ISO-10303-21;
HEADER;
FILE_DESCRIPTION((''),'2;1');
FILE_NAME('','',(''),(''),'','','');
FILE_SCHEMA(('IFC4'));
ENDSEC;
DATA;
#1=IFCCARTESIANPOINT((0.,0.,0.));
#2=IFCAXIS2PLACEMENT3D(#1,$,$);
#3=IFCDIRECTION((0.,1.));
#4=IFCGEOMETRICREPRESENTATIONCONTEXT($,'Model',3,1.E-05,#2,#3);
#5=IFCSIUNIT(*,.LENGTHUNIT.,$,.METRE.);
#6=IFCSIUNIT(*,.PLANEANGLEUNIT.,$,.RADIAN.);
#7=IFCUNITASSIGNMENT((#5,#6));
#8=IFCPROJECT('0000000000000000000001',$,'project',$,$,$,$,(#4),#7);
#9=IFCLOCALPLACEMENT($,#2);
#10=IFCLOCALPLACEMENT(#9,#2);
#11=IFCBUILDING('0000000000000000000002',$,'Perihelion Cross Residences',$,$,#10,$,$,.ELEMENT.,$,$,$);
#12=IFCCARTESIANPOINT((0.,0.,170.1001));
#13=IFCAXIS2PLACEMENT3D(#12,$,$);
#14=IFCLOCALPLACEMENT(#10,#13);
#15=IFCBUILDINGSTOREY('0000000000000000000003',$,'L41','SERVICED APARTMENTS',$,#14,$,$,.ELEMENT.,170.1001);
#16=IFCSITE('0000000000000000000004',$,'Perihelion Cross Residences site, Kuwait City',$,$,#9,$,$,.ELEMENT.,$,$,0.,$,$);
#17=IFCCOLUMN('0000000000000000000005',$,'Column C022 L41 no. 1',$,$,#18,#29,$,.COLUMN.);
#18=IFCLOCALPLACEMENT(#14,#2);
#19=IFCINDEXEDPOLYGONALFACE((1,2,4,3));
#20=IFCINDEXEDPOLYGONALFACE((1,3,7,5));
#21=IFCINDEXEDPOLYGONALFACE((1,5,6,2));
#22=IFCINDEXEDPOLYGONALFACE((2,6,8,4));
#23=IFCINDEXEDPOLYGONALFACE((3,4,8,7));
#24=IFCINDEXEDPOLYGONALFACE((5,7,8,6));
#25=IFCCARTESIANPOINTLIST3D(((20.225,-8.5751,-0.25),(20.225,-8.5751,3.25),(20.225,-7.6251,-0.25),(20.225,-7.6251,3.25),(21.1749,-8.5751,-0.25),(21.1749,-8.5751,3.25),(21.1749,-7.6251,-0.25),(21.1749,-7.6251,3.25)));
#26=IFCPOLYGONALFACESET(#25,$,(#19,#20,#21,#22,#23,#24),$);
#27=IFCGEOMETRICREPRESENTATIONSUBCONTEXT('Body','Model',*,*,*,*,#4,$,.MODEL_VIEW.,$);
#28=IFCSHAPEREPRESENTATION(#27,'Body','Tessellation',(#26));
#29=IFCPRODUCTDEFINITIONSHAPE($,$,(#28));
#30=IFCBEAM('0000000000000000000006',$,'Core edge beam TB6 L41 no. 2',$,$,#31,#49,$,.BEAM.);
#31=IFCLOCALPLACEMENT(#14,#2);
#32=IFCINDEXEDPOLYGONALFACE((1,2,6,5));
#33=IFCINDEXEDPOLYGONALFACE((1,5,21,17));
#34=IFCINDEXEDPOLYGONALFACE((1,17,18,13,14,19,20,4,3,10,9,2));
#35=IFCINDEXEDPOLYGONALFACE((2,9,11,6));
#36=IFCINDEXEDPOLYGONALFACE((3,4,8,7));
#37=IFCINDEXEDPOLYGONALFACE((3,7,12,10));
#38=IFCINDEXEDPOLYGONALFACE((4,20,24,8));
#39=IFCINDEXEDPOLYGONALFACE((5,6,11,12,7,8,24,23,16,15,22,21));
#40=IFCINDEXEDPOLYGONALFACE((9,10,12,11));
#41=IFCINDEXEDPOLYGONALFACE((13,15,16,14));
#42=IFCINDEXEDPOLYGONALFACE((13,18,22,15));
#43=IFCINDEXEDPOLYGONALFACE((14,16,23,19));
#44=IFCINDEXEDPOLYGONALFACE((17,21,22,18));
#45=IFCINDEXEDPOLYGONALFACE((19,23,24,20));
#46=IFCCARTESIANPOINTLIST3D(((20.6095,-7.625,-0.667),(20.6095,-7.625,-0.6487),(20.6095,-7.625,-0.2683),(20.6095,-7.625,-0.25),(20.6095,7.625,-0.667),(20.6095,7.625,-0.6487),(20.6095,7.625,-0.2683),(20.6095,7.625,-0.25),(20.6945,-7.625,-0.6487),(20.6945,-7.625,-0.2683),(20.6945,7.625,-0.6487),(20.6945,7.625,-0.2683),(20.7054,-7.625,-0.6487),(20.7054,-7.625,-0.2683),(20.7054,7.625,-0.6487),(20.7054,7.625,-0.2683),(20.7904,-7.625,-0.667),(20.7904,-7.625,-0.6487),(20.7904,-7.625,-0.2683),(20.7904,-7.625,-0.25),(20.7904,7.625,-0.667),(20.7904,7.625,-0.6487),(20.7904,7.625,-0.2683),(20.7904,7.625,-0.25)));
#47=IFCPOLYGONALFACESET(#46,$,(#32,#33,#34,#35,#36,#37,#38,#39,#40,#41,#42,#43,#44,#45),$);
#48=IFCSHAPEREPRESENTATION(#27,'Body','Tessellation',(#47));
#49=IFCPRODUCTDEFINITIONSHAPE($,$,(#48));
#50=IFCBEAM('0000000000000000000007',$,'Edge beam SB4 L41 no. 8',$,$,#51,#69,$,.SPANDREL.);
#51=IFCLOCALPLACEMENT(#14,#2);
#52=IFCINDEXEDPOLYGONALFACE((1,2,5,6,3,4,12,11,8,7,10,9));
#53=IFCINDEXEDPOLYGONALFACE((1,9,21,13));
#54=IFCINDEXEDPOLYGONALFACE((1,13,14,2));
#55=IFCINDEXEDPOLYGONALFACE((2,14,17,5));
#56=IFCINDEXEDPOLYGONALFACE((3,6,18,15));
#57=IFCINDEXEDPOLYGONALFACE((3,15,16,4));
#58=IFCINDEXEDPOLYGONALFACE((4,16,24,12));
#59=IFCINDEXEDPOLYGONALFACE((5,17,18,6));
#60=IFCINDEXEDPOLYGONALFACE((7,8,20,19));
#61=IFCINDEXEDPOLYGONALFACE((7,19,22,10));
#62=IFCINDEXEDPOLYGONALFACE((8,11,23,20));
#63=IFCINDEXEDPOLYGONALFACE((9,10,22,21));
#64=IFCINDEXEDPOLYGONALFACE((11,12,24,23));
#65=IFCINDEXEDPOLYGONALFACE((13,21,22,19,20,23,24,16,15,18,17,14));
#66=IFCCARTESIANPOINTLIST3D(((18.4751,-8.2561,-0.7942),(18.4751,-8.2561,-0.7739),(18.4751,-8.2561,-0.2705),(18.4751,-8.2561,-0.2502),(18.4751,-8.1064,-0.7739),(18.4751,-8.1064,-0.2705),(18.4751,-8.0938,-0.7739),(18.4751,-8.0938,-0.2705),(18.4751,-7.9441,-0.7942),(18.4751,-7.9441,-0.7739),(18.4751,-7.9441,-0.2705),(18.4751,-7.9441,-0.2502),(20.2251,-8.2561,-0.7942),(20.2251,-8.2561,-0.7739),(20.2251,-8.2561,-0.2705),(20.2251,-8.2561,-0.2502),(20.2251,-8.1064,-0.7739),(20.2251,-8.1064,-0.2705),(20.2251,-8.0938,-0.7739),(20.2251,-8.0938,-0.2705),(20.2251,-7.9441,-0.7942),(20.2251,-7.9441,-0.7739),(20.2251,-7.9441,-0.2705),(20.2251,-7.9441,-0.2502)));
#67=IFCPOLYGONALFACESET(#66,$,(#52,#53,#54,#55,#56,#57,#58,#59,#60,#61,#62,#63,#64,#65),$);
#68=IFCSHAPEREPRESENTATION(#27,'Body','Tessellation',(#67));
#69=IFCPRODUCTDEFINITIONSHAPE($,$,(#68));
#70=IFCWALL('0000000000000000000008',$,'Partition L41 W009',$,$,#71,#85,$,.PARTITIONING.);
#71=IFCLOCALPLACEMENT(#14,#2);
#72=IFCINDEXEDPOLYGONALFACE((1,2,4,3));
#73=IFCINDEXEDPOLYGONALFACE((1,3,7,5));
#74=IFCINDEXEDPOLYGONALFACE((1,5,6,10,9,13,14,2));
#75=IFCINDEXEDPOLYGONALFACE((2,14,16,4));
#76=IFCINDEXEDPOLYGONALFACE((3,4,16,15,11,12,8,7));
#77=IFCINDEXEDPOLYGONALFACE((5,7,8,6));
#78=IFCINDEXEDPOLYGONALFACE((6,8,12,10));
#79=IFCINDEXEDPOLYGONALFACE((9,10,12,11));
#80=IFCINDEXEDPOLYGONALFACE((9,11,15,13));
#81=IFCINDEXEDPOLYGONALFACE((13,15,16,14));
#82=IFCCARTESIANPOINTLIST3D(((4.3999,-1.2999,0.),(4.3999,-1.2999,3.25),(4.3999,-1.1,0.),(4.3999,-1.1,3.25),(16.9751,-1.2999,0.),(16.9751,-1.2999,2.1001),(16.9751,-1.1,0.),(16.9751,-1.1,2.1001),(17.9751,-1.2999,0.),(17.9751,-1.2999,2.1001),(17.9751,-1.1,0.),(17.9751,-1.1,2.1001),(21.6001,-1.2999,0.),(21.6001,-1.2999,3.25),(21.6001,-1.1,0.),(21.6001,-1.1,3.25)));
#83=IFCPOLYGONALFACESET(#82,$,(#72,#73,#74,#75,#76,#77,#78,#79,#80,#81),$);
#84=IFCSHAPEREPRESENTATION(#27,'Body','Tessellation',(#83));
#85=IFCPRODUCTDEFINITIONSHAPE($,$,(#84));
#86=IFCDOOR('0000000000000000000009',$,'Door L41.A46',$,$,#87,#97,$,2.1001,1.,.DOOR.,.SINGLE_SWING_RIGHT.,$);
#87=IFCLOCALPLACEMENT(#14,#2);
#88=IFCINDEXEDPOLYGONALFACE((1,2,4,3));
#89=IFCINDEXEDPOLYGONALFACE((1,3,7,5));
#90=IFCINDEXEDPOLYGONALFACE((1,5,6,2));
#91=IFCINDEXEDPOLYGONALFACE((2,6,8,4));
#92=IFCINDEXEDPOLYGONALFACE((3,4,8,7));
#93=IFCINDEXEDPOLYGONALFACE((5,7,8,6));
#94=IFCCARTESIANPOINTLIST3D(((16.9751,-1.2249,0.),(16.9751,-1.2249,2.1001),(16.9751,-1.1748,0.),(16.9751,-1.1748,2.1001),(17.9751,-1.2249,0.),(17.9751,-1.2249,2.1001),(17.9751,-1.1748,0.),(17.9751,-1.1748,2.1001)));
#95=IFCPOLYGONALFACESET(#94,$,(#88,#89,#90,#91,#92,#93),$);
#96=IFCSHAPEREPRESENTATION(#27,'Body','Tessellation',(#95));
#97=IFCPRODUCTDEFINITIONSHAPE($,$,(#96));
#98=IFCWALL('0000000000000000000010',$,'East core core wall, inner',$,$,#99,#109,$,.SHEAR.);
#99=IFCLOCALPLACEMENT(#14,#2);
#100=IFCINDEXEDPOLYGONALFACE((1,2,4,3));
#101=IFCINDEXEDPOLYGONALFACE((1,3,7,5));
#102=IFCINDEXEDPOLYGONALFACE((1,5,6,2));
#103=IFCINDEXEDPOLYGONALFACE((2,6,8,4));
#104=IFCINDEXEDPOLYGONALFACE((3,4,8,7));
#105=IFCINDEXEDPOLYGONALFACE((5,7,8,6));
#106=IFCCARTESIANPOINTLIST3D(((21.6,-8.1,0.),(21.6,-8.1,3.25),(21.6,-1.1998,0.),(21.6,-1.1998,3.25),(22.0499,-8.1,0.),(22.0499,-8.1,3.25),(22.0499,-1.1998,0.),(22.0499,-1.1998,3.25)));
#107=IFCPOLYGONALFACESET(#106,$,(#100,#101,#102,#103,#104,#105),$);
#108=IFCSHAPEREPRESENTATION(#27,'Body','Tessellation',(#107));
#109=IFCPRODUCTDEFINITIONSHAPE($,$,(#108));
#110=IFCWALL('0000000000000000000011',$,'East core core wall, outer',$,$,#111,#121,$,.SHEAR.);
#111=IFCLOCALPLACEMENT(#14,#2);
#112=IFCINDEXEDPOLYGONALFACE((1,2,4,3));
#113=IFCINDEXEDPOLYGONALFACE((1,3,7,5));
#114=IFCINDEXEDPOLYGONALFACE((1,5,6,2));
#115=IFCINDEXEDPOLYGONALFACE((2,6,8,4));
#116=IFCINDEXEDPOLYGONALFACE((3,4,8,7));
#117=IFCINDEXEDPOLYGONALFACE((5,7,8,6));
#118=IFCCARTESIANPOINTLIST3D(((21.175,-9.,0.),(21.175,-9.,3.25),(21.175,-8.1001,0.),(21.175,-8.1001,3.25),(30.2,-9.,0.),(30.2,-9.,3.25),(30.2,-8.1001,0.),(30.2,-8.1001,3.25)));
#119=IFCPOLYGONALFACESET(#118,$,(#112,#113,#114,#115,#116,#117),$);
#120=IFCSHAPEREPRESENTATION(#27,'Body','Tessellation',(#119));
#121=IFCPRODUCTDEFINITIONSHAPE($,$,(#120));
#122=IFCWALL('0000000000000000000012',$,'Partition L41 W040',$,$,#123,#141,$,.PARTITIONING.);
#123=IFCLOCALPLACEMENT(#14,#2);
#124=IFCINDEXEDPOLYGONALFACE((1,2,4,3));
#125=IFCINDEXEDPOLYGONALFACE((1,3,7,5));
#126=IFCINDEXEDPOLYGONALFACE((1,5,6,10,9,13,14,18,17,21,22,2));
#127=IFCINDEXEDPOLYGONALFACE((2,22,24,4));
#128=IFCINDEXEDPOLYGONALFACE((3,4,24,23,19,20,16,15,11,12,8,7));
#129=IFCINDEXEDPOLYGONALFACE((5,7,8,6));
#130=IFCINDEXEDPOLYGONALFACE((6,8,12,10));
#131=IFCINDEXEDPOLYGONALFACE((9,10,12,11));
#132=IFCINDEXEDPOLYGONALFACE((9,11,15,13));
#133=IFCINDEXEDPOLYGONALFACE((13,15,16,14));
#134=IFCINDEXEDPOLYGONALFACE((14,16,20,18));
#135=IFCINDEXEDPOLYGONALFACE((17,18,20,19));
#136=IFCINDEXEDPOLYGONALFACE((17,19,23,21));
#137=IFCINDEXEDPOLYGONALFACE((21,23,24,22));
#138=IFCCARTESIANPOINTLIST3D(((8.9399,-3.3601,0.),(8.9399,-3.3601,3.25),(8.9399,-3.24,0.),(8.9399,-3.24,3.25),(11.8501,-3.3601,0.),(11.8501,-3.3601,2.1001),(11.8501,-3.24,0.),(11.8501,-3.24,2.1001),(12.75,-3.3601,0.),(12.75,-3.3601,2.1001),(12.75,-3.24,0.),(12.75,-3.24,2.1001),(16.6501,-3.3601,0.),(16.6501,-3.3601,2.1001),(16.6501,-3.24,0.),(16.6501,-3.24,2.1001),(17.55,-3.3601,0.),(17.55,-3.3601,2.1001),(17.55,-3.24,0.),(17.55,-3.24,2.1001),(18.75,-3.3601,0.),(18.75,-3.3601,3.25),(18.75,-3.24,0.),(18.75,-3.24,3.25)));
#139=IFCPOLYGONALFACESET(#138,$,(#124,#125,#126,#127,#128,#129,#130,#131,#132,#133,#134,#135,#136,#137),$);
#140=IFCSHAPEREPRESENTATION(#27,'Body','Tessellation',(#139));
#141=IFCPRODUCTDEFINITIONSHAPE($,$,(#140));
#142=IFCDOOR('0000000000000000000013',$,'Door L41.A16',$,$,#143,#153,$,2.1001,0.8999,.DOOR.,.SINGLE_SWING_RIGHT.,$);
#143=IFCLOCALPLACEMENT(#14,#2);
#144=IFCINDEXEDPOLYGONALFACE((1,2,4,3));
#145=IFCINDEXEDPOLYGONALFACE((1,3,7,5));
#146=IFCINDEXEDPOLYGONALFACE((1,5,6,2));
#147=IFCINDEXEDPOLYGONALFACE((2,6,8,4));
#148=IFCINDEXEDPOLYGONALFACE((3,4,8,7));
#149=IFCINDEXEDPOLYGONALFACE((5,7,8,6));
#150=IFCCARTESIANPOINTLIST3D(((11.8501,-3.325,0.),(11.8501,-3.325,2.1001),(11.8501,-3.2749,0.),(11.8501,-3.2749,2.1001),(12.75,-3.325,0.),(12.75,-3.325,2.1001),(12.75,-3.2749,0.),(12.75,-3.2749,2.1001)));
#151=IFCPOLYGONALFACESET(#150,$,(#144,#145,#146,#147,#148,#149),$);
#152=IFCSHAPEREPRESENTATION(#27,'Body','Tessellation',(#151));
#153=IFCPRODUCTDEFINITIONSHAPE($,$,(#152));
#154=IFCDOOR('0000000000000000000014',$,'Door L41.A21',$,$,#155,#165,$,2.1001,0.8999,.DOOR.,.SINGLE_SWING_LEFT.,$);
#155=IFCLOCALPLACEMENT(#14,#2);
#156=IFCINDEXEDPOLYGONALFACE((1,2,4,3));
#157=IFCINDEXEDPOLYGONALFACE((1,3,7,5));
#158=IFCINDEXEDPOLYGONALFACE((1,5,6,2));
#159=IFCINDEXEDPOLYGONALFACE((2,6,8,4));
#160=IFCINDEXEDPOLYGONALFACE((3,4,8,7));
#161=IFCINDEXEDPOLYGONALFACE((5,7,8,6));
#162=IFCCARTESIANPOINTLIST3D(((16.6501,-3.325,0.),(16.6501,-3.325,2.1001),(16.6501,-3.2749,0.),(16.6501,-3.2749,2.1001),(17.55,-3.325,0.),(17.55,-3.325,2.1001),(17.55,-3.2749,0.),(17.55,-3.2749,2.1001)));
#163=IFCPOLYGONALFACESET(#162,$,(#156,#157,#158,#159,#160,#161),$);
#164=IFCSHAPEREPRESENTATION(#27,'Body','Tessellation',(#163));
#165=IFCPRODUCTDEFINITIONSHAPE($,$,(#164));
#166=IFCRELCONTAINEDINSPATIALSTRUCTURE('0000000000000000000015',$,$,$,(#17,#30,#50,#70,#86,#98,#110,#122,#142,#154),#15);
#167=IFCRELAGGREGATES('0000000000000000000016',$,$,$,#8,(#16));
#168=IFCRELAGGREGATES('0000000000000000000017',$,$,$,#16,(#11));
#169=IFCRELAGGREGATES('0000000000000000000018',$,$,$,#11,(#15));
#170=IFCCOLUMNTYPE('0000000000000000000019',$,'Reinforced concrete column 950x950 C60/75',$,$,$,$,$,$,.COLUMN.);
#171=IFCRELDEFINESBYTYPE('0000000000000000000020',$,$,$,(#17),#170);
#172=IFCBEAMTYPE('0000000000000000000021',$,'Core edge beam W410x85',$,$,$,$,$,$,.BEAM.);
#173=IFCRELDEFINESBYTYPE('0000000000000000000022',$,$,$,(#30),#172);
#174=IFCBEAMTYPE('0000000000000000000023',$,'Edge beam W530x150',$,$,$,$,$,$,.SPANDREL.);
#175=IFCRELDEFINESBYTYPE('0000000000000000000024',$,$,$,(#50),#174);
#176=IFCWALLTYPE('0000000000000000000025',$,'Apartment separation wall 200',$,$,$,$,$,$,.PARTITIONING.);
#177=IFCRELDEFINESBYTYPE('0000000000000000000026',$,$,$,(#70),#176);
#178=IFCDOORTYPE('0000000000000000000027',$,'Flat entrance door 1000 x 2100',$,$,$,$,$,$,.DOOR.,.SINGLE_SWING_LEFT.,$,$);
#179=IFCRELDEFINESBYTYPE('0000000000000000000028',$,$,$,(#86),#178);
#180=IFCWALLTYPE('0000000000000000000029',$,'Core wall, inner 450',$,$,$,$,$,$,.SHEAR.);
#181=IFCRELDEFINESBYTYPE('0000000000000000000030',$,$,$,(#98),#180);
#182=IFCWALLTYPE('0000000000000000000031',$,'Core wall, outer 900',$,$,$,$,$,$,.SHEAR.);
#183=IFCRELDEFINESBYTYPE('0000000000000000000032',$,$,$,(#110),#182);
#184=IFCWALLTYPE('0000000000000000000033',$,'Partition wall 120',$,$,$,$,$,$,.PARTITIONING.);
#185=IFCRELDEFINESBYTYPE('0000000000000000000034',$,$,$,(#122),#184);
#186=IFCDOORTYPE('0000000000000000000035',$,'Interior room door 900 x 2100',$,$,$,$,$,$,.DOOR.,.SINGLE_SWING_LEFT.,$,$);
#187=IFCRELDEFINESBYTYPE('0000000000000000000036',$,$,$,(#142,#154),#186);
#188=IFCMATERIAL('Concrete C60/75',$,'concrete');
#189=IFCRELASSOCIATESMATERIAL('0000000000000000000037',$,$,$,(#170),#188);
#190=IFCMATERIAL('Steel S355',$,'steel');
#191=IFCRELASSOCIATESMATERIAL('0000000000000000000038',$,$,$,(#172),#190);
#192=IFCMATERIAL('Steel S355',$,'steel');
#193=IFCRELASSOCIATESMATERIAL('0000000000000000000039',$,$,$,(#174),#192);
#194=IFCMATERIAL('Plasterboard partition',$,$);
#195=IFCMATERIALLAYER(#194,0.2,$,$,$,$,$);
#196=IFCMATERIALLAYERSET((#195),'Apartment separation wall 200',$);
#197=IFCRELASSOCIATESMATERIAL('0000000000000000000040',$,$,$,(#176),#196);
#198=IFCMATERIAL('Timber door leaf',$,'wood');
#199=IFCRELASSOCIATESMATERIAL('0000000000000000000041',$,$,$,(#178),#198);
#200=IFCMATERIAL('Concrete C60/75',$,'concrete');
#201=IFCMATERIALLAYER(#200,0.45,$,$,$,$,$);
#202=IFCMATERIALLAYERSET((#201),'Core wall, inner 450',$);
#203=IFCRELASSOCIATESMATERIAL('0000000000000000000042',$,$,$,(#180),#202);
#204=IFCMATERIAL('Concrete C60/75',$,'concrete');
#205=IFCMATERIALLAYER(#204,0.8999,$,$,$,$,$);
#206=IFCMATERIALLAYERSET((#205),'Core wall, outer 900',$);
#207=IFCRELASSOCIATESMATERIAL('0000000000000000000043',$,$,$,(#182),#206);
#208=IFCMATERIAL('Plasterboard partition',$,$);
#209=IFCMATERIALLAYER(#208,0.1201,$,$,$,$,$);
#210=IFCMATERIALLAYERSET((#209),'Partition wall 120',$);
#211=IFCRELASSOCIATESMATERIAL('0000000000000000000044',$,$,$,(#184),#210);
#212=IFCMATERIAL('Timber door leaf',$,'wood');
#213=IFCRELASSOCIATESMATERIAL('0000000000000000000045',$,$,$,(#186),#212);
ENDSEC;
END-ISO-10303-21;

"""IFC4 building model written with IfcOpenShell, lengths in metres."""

from ifc_helpers import new_model, si_unit, direction, frame, frame_2d, origin, origin_2d, place, context, subcontext, project, spatial, rectangle, i_section, extrude, material, layer, layer_set, material_profile, profile_set, type_object, element, fill, save


model = new_model("IFC4")

# Units and contexts
model_context = context("Model", 3, precision=1e-05, world=origin(), true_north=direction((0.0, 1.0)))
body_context = subcontext(model_context, "Body", "Model", "MODEL_VIEW")
ifc_project = project(units=[si_unit("LENGTHUNIT", "METRE"), si_unit("PLANEANGLEUNIT", "RADIAN")], contexts=[model_context])

# Site, building, storey
site_placement = place(None, origin())
site = spatial("IfcSite", under=ifc_project, at=site_placement, Name="Perihelion Cross Residences site, Kuwait City", CompositionType="ELEMENT", RefElevation=0.0)
building_placement = place(site_placement, origin())
building = spatial("IfcBuilding", under=site, at=building_placement, Name="Perihelion Cross Residences", CompositionType="ELEMENT")
storey_placement = place(building_placement, frame((0.0, 0.0, 170.1001)))
storey = spatial("IfcBuildingStorey", under=building, at=storey_placement, Name="L41", Description="SERVICED APARTMENTS", CompositionType="ELEMENT", Elevation=170.1001)

# Column
ifc_material_1 = material(Name="Concrete C60/75", Category="concrete")
ifc_material_profile_1 = material_profile(ifc_material_1, rectangle(XDim=0.95, YDim=0.95, at=origin_2d()), Name="RC 950x950")
ifc_profile_set_1 = profile_set([ifc_material_profile_1], Name="Concrete C60/75")
column_type = type_object("IfcColumnType", Name="Reinforced concrete column 950x950 C60/75", PredefinedType="COLUMN", material=ifc_profile_set_1)
column_placement = place(storey_placement, frame((20.7, -8.1001, -0.25), z_axis=(0.0, 0.0, 1.0), x_axis=(1.0, 0.0, 0.0)))
element("IfcColumn", 1, at=column_placement, inside=storey, type_object=column_type, Name="Column C022 L41 no. 1", PredefinedType="COLUMN", context=body_context, shape_type="SweptSolid", body=[
    extrude(rectangle(XDim=0.95, YDim=0.95, at=origin_2d()), origin(), (0.0, 0.0, 1.0), 3.5),
])

# Beams
ifc_material_2 = material(Name="Steel S355", Category="steel")
ifc_material_profile_2 = material_profile(ifc_material_2, i_section(OverallWidth=0.1809, OverallDepth=0.417, WebThickness=0.011, FlangeThickness=0.0183, at=origin_2d()), Name="W410x85")
ifc_profile_set_2 = profile_set([ifc_material_profile_2], Name="Steel S355")
beam_type_1 = type_object("IfcBeamType", Name="Core edge beam W410x85", PredefinedType="BEAM", material=ifc_profile_set_2)
beam_1_placement = place(storey_placement, frame((20.7, -7.625, -0.4585), z_axis=(0.0, 1.0, 0.0), x_axis=(-1.0, 0.0, 0.0)))
element("IfcBeam", 2, at=beam_1_placement, inside=storey, type_object=beam_type_1, Name="Core edge beam TB6 L41 no. 2", PredefinedType="BEAM", context=body_context, shape_type="SweptSolid", body=[
    extrude(i_section(OverallWidth=0.1809, OverallDepth=0.417, WebThickness=0.011, FlangeThickness=0.0183, at=origin_2d()), origin(), (0.0, 0.0, 1.0), 15.25),
])
ifc_material_3 = material(Name="Steel S355", Category="steel")
ifc_material_profile_3 = material_profile(ifc_material_3, i_section(OverallWidth=0.312, OverallDepth=0.5439, WebThickness=0.0127, FlangeThickness=0.0203, at=origin_2d()), Name="W530x150")
ifc_profile_set_3 = profile_set([ifc_material_profile_3], Name="Steel S355")
beam_type_2 = type_object("IfcBeamType", Name="Edge beam W530x150", PredefinedType="SPANDREL", material=ifc_profile_set_3)
beam_2_placement = place(storey_placement, frame((18.4751, -8.1001, -0.5222), z_axis=(1.0, 0.0, 0.0), x_axis=(0.0, 1.0, 0.0)))
element("IfcBeam", 3, at=beam_2_placement, inside=storey, type_object=beam_type_2, Name="Edge beam SB4 L41 no. 8", PredefinedType="SPANDREL", context=body_context, shape_type="SweptSolid", body=[
    extrude(i_section(OverallWidth=0.312, OverallDepth=0.5439, WebThickness=0.0127, FlangeThickness=0.0203, at=origin_2d()), origin(), (0.0, 0.0, 1.0), 1.75),
])

# Wall, opening, door
ifc_material_4 = material(Name="Plasterboard partition")
ifc_layer_1 = layer(ifc_material_4, 0.2)
ifc_layer_set_1 = layer_set([ifc_layer_1], Name="Apartment separation wall 200")
wall_type_1 = type_object("IfcWallType", Name="Apartment separation wall 200", PredefinedType="PARTITIONING", material=ifc_layer_set_1)
wall_1_placement = place(storey_placement, frame((21.6001, -1.2, 0.0), z_axis=(0.0, 0.0, 1.0), x_axis=(-1.0, 0.0, 0.0)))
wall_1 = element("IfcWall", 4, at=wall_1_placement, inside=storey, type_object=wall_type_1, Name="Partition L41 W009", PredefinedType="PARTITIONING", context=body_context, shape_type="SweptSolid", body=[
    extrude(rectangle(XDim=17.2002, YDim=0.2, at=frame_2d((8.6001, 0.0))), origin(), (0.0, 0.0, 1.0), 3.25),
])
opening_1_placement = place(wall_1_placement, frame((3.625, 0.0, 0.0)))
opening_1 = element("IfcOpeningElement", 5, at=opening_1_placement, cuts=wall_1, PredefinedType="OPENING", context=body_context, shape_type="SweptSolid", body=[
    extrude(rectangle(XDim=1.0, YDim=2.1001, at=frame_2d((0.5, 1.05))), frame((0.0, 0.1099, 0.0), z_axis=(0.0, -1.0, 0.0), x_axis=(1.0, 0.0, 0.0)), (0.0, 0.0, 1.0), 0.22),
])
ifc_material_5 = material(Name="Timber door leaf", Category="wood")
door_type_1 = type_object("IfcDoorType", Name="Flat entrance door 1000 x 2100", OperationType="SINGLE_SWING_LEFT", PredefinedType="DOOR", material=ifc_material_5)
door_1_placement = place(opening_1_placement, origin())
door_1 = element("IfcDoor", 6, at=door_1_placement, inside=storey, type_object=door_type_1, Name="Door L41.A46", OperationType="SINGLE_SWING_RIGHT", OverallHeight=2.1001, OverallWidth=1.0, PredefinedType="DOOR", context=body_context, shape_type="SweptSolid", body=[
    extrude(rectangle(XDim=1.0, YDim=2.1001, at=frame_2d((0.5, 1.05))), frame((0.0, 0.0249, 0.0), z_axis=(0.0, -1.0, 0.0), x_axis=(1.0, 0.0, 0.0)), (0.0, 0.0, 1.0), 0.05),
])
fill(opening_1, door_1)

# Walls
ifc_material_6 = material(Name="Concrete C60/75", Category="concrete")
ifc_layer_2 = layer(ifc_material_6, 0.45)
ifc_layer_set_2 = layer_set([ifc_layer_2], Name="Core wall, inner 450")
wall_type_2 = type_object("IfcWallType", Name="Core wall, inner 450", PredefinedType="SHEAR", material=ifc_layer_set_2)
wall_2_placement = place(storey_placement, frame((21.825, -8.1001, 0.0), z_axis=(0.0, 0.0, 1.0), x_axis=(0.0, 1.0, 0.0)))
element("IfcWall", 7, at=wall_2_placement, inside=storey, type_object=wall_type_2, Name="East core core wall, inner", PredefinedType="SHEAR", context=body_context, shape_type="SweptSolid", body=[
    extrude(rectangle(XDim=6.9001, YDim=0.45, at=frame_2d((3.4502, 0.0))), origin(), (0.0, 0.0, 1.0), 3.25),
])
ifc_material_7 = material(Name="Concrete C60/75", Category="concrete")
ifc_layer_3 = layer(ifc_material_7, 0.8999)
ifc_layer_set_3 = layer_set([ifc_layer_3], Name="Core wall, outer 900")
wall_type_3 = type_object("IfcWallType", Name="Core wall, outer 900", PredefinedType="SHEAR", material=ifc_layer_set_3)
wall_3_placement = place(storey_placement, frame((21.175, -8.55, 0.0), z_axis=(0.0, 0.0, 1.0), x_axis=(1.0, 0.0, 0.0)))
element("IfcWall", 8, at=wall_3_placement, inside=storey, type_object=wall_type_3, Name="East core core wall, outer", PredefinedType="SHEAR", context=body_context, shape_type="SweptSolid", body=[
    extrude(rectangle(XDim=9.0249, YDim=0.8999, at=frame_2d((4.5125, 0.0))), origin(), (0.0, 0.0, 1.0), 3.25),
])

# Wall, openings, doors
ifc_material_8 = material(Name="Plasterboard partition")
ifc_layer_4 = layer(ifc_material_8, 0.1201)
ifc_layer_set_4 = layer_set([ifc_layer_4], Name="Partition wall 120")
wall_type_4 = type_object("IfcWallType", Name="Partition wall 120", PredefinedType="PARTITIONING", material=ifc_layer_set_4)
wall_4_placement = place(storey_placement, frame((18.75, -3.3, 0.0), z_axis=(0.0, 0.0, 1.0), x_axis=(-1.0, 0.0, 0.0)))
wall_4 = element("IfcWall", 9, at=wall_4_placement, inside=storey, type_object=wall_type_4, Name="Partition L41 W040", PredefinedType="PARTITIONING", context=body_context, shape_type="SweptSolid", body=[
    extrude(rectangle(XDim=9.8101, YDim=0.1201, at=frame_2d((4.905, 0.0))), origin(), (0.0, 0.0, 1.0), 3.25),
])
opening_2_placement = place(wall_4_placement, frame((6.0, 0.0, 0.0)))
opening_2 = element("IfcOpeningElement", 10, at=opening_2_placement, cuts=wall_4, PredefinedType="OPENING", context=body_context, shape_type="SweptSolid", body=[
    extrude(rectangle(XDim=0.8999, YDim=2.1001, at=frame_2d((0.45, 1.05))), frame((0.0, 0.0701, 0.0), z_axis=(0.0, -1.0, 0.0), x_axis=(1.0, 0.0, 0.0)), (0.0, 0.0, 1.0), 0.1401),
])
opening_3_placement = place(wall_4_placement, frame((1.2, 0.0, 0.0)))
opening_3 = element("IfcOpeningElement", 11, at=opening_3_placement, cuts=wall_4, PredefinedType="OPENING", context=body_context, shape_type="SweptSolid", body=[
    extrude(rectangle(XDim=0.8999, YDim=2.1001, at=frame_2d((0.45, 1.05))), frame((0.0, 0.0701, 0.0), z_axis=(0.0, -1.0, 0.0), x_axis=(1.0, 0.0, 0.0)), (0.0, 0.0, 1.0), 0.1401),
])
ifc_material_9 = material(Name="Timber door leaf", Category="wood")
door_type_2 = type_object("IfcDoorType", Name="Interior room door 900 x 2100", OperationType="SINGLE_SWING_LEFT", PredefinedType="DOOR", material=ifc_material_9)
door_2_placement = place(opening_2_placement, origin())
door_2 = element("IfcDoor", 12, at=door_2_placement, inside=storey, type_object=door_type_2, Name="Door L41.A16", OperationType="SINGLE_SWING_RIGHT", OverallHeight=2.1001, OverallWidth=0.8999, PredefinedType="DOOR", context=body_context, shape_type="SweptSolid", body=[
    extrude(rectangle(XDim=0.8999, YDim=2.1001, at=frame_2d((0.45, 1.05))), frame((0.0, 0.0249, 0.0), z_axis=(0.0, -1.0, 0.0), x_axis=(1.0, 0.0, 0.0)), (0.0, 0.0, 1.0), 0.05),
])
fill(opening_2, door_2)
door_3_placement = place(opening_3_placement, origin())
door_3 = element("IfcDoor", 13, at=door_3_placement, inside=storey, type_object=door_type_2, Name="Door L41.A21", OperationType="SINGLE_SWING_LEFT", OverallHeight=2.1001, OverallWidth=0.8999, PredefinedType="DOOR", context=body_context, shape_type="SweptSolid", body=[
    extrude(rectangle(XDim=0.8999, YDim=2.1001, at=frame_2d((0.45, 1.05))), frame((0.0, 0.0249, 0.0), z_axis=(0.0, -1.0, 0.0), x_axis=(1.0, 0.0, 0.0)), (0.0, 0.0, 1.0), 0.05),
])
fill(opening_3, door_3)

save(model, "model.ifc")
